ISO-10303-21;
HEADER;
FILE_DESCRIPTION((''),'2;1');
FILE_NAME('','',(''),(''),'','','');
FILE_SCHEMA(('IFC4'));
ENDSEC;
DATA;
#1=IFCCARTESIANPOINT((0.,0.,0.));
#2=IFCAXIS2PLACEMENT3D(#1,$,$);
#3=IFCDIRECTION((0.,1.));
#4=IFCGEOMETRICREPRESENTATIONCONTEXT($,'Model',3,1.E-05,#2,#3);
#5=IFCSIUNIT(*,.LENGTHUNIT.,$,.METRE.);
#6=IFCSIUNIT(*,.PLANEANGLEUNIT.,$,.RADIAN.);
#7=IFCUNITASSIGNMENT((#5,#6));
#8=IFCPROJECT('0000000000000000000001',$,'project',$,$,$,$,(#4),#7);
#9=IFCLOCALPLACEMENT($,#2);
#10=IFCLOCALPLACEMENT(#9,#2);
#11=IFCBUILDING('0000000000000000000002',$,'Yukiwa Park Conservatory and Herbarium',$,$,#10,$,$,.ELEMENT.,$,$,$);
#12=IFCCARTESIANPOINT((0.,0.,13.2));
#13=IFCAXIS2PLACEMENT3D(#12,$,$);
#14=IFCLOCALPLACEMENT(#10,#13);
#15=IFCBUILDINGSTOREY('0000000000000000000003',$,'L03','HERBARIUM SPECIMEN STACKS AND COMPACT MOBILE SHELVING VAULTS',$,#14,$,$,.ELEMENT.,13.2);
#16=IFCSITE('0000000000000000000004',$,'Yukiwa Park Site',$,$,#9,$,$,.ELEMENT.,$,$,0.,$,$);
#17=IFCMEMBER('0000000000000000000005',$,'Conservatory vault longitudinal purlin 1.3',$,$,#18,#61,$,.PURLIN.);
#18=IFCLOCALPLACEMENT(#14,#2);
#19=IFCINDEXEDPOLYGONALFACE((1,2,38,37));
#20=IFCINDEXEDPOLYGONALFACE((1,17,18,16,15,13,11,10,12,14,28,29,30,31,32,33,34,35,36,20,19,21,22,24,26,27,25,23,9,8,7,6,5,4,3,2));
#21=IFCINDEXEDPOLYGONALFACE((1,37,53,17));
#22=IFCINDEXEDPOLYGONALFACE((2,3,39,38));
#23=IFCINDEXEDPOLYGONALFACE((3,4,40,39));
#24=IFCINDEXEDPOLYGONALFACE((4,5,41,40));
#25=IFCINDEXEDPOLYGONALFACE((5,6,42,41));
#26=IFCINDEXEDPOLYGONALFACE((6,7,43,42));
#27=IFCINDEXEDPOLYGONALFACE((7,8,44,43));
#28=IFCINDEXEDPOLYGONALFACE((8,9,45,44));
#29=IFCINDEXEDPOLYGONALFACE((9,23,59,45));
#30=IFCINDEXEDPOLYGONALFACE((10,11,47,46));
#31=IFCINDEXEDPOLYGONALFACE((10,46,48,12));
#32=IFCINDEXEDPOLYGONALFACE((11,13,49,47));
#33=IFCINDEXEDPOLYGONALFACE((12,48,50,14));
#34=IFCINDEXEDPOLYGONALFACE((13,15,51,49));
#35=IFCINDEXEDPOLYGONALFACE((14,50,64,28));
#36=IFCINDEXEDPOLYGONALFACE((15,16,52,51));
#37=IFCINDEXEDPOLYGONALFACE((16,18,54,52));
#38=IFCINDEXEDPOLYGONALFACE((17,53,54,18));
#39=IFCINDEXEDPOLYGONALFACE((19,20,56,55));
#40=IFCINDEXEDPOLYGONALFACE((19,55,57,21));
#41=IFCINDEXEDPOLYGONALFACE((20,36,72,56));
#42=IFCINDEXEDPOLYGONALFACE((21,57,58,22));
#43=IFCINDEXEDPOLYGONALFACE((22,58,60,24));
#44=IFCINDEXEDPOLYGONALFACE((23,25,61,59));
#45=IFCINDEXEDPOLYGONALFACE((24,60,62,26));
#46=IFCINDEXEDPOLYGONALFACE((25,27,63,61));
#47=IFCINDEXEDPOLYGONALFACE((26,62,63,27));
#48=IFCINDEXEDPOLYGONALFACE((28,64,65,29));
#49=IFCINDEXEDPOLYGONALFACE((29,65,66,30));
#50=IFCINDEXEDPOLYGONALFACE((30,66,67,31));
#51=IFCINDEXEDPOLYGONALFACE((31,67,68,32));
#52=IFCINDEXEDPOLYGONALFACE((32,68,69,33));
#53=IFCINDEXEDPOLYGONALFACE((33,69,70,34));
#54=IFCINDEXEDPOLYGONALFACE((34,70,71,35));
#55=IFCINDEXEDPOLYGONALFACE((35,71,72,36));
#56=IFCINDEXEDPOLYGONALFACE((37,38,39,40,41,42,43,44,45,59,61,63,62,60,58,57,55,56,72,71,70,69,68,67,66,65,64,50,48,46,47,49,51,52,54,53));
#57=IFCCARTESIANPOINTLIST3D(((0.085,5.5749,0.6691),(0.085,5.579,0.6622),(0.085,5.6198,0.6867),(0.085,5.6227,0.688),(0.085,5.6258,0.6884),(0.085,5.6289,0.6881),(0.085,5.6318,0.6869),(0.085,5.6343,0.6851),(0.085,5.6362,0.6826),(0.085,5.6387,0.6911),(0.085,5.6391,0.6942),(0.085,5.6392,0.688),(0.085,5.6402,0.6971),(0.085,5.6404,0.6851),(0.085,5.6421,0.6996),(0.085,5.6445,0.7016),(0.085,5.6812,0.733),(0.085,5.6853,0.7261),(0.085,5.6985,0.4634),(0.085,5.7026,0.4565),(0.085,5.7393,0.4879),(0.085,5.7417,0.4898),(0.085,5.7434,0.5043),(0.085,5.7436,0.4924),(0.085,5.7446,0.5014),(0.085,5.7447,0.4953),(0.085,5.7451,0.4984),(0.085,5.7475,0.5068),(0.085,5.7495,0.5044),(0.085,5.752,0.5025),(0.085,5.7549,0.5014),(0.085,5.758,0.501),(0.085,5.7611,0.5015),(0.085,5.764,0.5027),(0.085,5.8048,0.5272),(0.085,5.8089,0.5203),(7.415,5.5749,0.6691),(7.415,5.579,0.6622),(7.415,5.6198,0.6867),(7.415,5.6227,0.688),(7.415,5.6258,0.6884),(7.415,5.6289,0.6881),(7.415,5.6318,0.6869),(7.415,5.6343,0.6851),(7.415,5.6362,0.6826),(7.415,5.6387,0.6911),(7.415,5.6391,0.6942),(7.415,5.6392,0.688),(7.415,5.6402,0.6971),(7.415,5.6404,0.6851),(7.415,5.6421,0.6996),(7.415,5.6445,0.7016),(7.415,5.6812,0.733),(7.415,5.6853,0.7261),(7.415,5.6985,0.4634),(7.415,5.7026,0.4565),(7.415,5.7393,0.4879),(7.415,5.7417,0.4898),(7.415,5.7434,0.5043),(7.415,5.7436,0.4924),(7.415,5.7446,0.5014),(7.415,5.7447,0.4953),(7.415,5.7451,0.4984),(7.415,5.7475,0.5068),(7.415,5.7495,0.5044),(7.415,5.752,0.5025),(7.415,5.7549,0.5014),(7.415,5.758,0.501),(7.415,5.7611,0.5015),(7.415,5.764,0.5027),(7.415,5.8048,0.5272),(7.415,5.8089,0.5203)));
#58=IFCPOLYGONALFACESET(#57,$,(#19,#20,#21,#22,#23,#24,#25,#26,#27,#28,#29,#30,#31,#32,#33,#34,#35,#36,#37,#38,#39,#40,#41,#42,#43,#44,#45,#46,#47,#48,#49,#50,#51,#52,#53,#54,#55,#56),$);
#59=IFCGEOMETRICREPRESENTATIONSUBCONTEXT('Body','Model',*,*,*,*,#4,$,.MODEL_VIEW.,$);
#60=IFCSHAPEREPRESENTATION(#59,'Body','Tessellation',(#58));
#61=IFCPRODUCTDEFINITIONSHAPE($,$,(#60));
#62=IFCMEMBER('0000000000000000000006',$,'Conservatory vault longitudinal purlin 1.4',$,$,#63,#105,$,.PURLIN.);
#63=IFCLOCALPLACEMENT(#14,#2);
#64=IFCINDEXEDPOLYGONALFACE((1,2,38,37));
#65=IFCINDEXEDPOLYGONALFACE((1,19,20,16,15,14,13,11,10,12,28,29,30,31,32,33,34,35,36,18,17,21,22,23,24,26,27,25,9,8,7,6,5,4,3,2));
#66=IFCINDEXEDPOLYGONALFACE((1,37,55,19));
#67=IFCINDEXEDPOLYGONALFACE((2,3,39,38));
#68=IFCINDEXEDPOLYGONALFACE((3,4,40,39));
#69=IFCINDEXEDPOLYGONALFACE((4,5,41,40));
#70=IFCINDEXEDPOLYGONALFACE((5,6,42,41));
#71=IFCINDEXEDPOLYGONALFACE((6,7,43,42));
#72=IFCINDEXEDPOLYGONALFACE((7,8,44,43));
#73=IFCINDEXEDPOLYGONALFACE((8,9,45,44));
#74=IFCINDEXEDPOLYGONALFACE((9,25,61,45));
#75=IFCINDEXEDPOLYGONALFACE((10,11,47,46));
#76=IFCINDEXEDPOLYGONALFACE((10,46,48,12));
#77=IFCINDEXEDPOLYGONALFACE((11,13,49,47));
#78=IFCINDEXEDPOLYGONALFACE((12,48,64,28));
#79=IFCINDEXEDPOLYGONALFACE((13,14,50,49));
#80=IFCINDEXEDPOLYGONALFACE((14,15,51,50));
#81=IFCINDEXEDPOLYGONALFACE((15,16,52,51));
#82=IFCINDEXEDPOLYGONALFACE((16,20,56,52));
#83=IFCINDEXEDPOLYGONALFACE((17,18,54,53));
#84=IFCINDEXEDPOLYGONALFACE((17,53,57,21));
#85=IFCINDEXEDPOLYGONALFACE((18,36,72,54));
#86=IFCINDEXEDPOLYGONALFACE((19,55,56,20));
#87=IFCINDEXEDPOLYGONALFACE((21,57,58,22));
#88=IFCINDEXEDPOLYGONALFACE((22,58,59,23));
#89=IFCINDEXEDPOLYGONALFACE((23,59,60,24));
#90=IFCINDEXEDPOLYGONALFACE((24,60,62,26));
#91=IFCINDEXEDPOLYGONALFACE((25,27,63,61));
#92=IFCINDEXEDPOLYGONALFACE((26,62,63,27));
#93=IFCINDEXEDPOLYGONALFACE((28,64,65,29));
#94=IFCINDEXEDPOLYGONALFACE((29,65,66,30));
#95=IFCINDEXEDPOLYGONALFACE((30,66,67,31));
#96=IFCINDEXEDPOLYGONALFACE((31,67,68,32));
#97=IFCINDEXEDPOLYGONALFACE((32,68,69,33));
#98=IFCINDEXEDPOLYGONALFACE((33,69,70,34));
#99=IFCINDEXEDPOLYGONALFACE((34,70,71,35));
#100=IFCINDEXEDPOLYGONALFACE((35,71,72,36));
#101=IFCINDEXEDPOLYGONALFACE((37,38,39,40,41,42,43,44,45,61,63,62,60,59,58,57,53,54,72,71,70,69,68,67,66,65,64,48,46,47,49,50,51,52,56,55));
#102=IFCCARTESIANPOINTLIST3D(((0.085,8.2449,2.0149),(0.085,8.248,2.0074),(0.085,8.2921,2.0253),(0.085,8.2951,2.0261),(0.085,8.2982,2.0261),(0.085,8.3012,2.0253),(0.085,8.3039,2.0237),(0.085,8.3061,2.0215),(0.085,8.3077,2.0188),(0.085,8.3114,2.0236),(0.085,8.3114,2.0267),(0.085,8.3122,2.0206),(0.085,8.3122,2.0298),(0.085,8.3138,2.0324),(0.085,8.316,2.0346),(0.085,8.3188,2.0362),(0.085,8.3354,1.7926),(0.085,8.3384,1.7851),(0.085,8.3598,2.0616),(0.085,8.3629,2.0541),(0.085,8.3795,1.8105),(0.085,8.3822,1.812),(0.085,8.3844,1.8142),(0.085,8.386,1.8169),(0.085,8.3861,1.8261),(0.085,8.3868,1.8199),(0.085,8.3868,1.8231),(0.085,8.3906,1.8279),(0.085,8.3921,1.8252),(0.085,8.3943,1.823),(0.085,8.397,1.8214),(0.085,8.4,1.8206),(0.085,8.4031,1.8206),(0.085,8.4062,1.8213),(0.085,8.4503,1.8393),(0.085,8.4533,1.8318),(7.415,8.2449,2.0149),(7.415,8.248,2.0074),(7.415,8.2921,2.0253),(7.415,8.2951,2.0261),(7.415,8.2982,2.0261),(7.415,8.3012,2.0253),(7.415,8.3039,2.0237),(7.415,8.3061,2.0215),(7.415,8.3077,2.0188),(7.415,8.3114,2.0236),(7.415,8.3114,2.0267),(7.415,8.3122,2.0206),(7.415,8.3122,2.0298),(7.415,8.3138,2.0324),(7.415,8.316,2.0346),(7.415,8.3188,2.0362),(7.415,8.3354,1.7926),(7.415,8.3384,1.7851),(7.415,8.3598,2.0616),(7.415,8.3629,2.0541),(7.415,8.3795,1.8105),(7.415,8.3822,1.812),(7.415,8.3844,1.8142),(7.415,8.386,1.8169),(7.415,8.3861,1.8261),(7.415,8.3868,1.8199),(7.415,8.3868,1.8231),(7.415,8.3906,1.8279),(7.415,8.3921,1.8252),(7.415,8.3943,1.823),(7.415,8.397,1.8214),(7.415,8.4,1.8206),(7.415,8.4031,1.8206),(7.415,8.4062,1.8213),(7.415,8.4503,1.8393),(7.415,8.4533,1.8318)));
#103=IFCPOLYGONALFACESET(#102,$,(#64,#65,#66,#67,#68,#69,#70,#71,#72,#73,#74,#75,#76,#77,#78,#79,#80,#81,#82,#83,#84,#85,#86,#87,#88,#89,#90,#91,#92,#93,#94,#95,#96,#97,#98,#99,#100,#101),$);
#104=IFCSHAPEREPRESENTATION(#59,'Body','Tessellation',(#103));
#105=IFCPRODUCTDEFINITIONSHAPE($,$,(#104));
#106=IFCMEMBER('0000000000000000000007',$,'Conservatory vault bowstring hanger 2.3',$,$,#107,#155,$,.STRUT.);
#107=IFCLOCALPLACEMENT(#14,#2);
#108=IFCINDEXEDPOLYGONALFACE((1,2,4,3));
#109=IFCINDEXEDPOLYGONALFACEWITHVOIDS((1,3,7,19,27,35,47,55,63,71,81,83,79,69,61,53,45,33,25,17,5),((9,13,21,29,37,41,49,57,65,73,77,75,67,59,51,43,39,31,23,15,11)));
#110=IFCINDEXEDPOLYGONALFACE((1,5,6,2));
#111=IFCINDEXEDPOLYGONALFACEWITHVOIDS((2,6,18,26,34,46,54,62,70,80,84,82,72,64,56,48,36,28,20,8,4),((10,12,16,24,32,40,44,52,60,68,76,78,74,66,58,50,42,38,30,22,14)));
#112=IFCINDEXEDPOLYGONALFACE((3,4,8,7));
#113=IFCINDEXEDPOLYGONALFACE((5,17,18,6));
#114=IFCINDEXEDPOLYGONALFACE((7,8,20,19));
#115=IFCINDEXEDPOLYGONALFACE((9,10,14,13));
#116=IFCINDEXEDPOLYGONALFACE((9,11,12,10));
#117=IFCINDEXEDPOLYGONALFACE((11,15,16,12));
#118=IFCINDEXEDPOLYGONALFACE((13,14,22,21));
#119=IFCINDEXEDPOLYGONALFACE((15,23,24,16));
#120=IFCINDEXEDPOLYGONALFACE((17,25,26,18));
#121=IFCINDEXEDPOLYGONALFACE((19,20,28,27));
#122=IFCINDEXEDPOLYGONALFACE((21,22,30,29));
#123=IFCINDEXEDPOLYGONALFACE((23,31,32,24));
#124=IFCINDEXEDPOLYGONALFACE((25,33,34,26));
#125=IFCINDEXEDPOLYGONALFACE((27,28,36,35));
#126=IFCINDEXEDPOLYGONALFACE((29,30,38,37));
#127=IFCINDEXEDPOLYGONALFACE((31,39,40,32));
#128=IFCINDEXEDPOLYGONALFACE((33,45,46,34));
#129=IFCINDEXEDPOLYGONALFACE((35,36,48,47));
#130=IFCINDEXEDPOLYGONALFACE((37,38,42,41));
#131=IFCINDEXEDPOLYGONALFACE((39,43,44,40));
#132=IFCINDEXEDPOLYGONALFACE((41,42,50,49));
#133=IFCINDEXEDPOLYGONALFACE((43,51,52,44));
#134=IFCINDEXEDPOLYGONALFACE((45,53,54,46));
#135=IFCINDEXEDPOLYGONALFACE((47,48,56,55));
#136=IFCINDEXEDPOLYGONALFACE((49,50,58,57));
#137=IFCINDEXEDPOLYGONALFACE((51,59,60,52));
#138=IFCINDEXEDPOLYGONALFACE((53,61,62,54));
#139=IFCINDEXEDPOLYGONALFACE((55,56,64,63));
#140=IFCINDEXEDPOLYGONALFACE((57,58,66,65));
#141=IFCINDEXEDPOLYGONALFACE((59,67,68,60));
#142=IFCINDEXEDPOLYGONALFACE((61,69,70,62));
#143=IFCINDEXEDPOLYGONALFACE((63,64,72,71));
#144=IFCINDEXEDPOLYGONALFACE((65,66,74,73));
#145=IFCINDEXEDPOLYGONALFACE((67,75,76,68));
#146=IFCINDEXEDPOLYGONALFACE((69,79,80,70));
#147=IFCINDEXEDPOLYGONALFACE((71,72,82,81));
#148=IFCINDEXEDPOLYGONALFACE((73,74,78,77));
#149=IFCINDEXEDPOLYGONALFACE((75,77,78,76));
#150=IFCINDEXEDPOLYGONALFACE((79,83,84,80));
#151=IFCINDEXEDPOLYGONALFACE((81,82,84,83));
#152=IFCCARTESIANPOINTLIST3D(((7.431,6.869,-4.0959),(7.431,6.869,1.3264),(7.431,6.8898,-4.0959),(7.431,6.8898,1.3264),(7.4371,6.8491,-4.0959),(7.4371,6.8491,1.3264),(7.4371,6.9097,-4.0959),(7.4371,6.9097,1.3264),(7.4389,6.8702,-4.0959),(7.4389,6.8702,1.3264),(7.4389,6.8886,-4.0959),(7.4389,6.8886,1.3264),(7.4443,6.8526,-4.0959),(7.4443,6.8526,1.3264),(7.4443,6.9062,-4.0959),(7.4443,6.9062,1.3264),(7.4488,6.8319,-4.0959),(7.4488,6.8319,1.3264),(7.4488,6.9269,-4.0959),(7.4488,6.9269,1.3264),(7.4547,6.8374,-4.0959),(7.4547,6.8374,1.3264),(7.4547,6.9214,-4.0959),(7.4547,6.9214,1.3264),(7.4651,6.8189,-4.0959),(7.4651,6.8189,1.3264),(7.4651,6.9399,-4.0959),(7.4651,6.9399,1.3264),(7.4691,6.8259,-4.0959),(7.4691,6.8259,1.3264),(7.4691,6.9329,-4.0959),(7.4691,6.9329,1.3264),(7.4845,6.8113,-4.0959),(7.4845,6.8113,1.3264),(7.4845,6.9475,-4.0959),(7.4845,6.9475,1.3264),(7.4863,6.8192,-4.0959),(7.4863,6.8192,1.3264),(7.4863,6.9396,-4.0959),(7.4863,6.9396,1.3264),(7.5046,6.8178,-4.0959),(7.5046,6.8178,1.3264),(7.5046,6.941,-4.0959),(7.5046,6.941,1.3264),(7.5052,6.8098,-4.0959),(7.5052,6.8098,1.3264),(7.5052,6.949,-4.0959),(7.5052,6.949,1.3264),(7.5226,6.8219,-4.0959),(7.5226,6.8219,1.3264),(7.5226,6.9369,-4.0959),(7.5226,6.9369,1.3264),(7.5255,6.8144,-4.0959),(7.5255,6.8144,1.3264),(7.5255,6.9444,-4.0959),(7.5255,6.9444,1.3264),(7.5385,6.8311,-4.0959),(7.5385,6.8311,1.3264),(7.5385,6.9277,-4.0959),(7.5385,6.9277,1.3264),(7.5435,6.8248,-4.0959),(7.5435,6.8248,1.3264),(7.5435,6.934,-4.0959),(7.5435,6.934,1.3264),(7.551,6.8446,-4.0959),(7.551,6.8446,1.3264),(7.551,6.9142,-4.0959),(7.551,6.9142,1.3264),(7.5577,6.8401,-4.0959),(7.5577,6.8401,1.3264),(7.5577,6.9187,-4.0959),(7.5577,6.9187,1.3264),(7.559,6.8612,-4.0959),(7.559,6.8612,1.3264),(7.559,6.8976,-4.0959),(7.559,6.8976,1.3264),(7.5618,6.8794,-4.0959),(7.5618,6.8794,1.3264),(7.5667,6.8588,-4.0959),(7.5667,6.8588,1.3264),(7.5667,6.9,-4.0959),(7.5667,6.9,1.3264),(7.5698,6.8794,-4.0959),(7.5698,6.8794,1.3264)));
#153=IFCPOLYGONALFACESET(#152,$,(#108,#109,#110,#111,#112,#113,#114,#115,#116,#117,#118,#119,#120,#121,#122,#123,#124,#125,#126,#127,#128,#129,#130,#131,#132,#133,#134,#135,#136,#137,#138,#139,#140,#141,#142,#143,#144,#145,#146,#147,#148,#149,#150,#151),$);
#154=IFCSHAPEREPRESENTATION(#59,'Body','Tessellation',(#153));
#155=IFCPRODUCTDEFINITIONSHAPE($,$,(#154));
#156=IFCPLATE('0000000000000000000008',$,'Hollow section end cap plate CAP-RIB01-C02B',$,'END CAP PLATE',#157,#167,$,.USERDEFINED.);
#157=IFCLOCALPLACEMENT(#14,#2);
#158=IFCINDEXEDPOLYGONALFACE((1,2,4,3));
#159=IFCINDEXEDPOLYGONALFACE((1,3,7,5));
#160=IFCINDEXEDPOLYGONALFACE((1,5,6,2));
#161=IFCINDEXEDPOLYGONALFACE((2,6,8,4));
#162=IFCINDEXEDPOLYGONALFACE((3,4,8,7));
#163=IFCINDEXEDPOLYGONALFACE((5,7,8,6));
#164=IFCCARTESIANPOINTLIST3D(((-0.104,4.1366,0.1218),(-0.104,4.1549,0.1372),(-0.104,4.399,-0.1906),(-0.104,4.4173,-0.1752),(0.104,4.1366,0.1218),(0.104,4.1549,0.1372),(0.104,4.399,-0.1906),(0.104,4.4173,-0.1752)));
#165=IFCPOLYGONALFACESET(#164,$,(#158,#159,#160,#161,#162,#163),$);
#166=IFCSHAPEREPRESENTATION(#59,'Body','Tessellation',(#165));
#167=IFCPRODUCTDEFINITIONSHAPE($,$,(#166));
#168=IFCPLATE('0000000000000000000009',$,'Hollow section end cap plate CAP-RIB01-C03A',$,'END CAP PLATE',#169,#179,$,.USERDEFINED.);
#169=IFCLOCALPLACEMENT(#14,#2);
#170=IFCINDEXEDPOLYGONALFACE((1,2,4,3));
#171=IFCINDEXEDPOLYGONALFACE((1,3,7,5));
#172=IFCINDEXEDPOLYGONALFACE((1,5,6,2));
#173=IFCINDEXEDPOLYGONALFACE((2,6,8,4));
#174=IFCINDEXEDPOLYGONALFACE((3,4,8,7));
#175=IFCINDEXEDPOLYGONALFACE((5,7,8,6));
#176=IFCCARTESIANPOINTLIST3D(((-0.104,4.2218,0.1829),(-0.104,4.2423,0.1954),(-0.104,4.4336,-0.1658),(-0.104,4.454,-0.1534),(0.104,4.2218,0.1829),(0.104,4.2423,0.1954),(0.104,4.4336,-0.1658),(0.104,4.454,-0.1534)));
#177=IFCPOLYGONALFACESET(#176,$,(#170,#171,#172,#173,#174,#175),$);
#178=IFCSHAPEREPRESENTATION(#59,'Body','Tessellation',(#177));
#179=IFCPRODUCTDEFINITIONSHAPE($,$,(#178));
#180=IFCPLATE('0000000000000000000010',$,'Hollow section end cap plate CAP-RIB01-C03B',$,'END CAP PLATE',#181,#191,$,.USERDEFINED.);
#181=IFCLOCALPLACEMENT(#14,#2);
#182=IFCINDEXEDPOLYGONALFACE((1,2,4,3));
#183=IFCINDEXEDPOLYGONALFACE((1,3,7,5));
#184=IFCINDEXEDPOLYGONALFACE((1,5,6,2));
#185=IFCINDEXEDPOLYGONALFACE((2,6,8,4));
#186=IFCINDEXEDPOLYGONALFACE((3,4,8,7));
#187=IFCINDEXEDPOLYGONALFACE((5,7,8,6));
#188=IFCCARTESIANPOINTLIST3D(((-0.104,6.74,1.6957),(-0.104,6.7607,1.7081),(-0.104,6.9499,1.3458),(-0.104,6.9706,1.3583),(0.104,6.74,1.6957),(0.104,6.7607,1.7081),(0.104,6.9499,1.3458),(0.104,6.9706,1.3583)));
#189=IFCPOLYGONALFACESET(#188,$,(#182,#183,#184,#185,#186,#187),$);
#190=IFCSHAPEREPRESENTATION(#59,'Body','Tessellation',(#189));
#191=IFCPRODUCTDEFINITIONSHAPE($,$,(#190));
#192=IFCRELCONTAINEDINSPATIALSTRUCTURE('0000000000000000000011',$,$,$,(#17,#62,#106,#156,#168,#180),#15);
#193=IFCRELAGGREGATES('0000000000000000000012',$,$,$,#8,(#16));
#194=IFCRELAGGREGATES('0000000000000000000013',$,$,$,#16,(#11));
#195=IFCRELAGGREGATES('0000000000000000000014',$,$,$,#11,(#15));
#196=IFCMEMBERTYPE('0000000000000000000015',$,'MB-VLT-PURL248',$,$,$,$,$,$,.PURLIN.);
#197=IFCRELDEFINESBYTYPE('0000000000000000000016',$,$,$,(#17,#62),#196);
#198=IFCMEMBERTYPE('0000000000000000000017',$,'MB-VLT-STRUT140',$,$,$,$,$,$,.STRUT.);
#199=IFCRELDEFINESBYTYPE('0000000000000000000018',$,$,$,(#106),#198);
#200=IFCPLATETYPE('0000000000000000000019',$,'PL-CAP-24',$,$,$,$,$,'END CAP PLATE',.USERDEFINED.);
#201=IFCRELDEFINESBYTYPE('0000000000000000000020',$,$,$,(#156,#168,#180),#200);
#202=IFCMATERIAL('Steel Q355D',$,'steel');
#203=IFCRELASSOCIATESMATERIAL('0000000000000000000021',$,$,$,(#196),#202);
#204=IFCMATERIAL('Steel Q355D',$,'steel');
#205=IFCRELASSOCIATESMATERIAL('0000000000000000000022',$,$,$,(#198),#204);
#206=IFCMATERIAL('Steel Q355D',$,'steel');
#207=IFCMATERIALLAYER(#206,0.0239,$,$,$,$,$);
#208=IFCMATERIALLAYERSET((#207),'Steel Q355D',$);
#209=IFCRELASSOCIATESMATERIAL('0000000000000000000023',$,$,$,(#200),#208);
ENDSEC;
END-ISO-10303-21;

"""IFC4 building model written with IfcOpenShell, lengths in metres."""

from ifc_helpers import new_model, si_unit, direction, frame, origin, origin_2d, place, context, subcontext, project, spatial, rectangle, hollow_circle, i_section, extrude, material, layer, layer_set, material_profile, profile_set, type_object, element, save


model = new_model("IFC4")

# Units and contexts
model_context = context("Model", 3, precision=1e-05, world=origin(), true_north=direction((0.0, 1.0)))
body_context = subcontext(model_context, "Body", "Model", "MODEL_VIEW")
ifc_project = project(units=[si_unit("LENGTHUNIT", "METRE"), si_unit("PLANEANGLEUNIT", "RADIAN")], contexts=[model_context])

# Site, building, storey
site_placement = place(None, origin())
site = spatial("IfcSite", under=ifc_project, at=site_placement, Name="Yukiwa Park Site", CompositionType="ELEMENT", RefElevation=0.0)
building_placement = place(site_placement, origin())
building = spatial("IfcBuilding", under=site, at=building_placement, Name="Yukiwa Park Conservatory and Herbarium", CompositionType="ELEMENT")
storey_placement = place(building_placement, frame((0.0, 0.0, 13.2)))
storey = spatial("IfcBuildingStorey", under=building, at=storey_placement, Name="L03", Description="HERBARIUM SPECIMEN STACKS AND COMPACT MOBILE SHELVING VAULTS", CompositionType="ELEMENT", Elevation=13.2)

# Members
ifc_material_1 = material(Name="Steel Q355D", Category="steel")
ifc_material_profile_1 = material_profile(ifc_material_1, i_section(OverallWidth=0.124, OverallDepth=0.248, WebThickness=0.0049, FlangeThickness=0.0081, FilletRadius=0.012, at=origin_2d()), Name="HN 248x124x5x8")
ifc_profile_set_1 = profile_set([ifc_material_profile_1], Name="Steel Q355D")
member_type_1 = type_object("IfcMemberType", Name="MB-VLT-PURL248", PredefinedType="PURLIN", material=ifc_profile_set_1)
for number, where, z_axis, x_axis, name in (
    (1, (0.085, 5.6919, 0.5947), (1.0, 0.0, 0.0), (0.0, 0.857234, 0.514927), "Conservatory vault longitudinal purlin 1.3"),
    (2, (0.085, 8.3491, 1.9233), (1.0, 0.0, 0.0), (0.0, 0.926282, 0.376831), "Conservatory vault longitudinal purlin 1.4"),
):
    element("IfcMember", number, at=place(storey_placement, frame(where, z_axis=z_axis, x_axis=x_axis)), inside=storey, type_object=member_type_1, Name=name, PredefinedType="PURLIN", context=body_context, shape_type="SweptSolid", body=[
        extrude(i_section(OverallWidth=0.124, OverallDepth=0.248, WebThickness=0.0049, FlangeThickness=0.0081, FilletRadius=0.012, at=origin_2d()), origin(), (0.0, 0.0, 1.0), 7.3301),
    ])
ifc_material_2 = material(Name="Steel Q355D", Category="steel")
ifc_material_profile_2 = material_profile(ifc_material_2, hollow_circle(Radius=0.0698, WallThickness=0.0081, at=origin_2d()), Name="CHS 139.7x8")
ifc_profile_set_2 = profile_set([ifc_material_profile_2], Name="Steel Q355D")
member_type_2 = type_object("IfcMemberType", Name="MB-VLT-STRUT140", PredefinedType="STRUT", material=ifc_profile_set_2)
member_placement = place(storey_placement, frame((7.5, 6.8794, -4.0959), z_axis=(0.0, 0.0, 1.0), x_axis=(1.0, 0.0, 0.0)))
element("IfcMember", 3, at=member_placement, inside=storey, type_object=member_type_2, Name="Conservatory vault bowstring hanger 2.3", PredefinedType="STRUT", context=body_context, shape_type="SweptSolid", body=[
    extrude(hollow_circle(Radius=0.0698, WallThickness=0.0081, at=origin_2d()), origin(), (0.0, 0.0, 1.0), 5.4224),
])

# Plates
ifc_material_3 = material(Name="Steel Q355D", Category="steel")
ifc_layer_1 = layer(ifc_material_3, 0.0239)
ifc_layer_set_1 = layer_set([ifc_layer_1], Name="Steel Q355D")
plate_type_1 = type_object("IfcPlateType", Name="PL-CAP-24", ElementType="END CAP PLATE", PredefinedType="USERDEFINED", material=ifc_layer_set_1)
for number, where, z_axis, x_axis, name in (
    (4, (0.0, 4.2678, -0.0344), (0.0, 0.765705, 0.643192), (-1.0, 0.0, 0.0), "Hollow section end cap plate CAP-RIB01-C02B"),
    (5, (0.0, 4.3481, 0.021), (0.0, -0.854788, -0.518978), (1.0, 0.0, 0.0), "Hollow section end cap plate CAP-RIB01-C03A"),
):
    element("IfcPlate", number, at=place(storey_placement, frame(where, z_axis=z_axis, x_axis=x_axis)), inside=storey, type_object=plate_type_1, Name=name, ObjectType="END CAP PLATE", PredefinedType="USERDEFINED", context=body_context, shape_type="SweptSolid", body=[
        extrude(rectangle(XDim=0.208, YDim=0.408, at=origin_2d()), origin(), (0.0, 0.0, 1.0), 0.0239),
    ])
plate_1_placement = place(storey_placement, frame((0.0, 6.845, 1.5208), z_axis=(0.0, 0.857493, 0.514496), x_axis=(-1.0, 0.0, 0.0)))
element("IfcPlate", 6, at=plate_1_placement, inside=storey, type_object=plate_type_1, Name="Hollow section end cap plate CAP-RIB01-C03B", ObjectType="END CAP PLATE", PredefinedType="USERDEFINED", context=body_context, shape_type="SweptSolid", body=[
    extrude(rectangle(XDim=0.208, YDim=0.408, at=origin_2d()), origin(), (0.0, 0.0, 1.0), 0.0242),
])

save(model, "model.ifc")
